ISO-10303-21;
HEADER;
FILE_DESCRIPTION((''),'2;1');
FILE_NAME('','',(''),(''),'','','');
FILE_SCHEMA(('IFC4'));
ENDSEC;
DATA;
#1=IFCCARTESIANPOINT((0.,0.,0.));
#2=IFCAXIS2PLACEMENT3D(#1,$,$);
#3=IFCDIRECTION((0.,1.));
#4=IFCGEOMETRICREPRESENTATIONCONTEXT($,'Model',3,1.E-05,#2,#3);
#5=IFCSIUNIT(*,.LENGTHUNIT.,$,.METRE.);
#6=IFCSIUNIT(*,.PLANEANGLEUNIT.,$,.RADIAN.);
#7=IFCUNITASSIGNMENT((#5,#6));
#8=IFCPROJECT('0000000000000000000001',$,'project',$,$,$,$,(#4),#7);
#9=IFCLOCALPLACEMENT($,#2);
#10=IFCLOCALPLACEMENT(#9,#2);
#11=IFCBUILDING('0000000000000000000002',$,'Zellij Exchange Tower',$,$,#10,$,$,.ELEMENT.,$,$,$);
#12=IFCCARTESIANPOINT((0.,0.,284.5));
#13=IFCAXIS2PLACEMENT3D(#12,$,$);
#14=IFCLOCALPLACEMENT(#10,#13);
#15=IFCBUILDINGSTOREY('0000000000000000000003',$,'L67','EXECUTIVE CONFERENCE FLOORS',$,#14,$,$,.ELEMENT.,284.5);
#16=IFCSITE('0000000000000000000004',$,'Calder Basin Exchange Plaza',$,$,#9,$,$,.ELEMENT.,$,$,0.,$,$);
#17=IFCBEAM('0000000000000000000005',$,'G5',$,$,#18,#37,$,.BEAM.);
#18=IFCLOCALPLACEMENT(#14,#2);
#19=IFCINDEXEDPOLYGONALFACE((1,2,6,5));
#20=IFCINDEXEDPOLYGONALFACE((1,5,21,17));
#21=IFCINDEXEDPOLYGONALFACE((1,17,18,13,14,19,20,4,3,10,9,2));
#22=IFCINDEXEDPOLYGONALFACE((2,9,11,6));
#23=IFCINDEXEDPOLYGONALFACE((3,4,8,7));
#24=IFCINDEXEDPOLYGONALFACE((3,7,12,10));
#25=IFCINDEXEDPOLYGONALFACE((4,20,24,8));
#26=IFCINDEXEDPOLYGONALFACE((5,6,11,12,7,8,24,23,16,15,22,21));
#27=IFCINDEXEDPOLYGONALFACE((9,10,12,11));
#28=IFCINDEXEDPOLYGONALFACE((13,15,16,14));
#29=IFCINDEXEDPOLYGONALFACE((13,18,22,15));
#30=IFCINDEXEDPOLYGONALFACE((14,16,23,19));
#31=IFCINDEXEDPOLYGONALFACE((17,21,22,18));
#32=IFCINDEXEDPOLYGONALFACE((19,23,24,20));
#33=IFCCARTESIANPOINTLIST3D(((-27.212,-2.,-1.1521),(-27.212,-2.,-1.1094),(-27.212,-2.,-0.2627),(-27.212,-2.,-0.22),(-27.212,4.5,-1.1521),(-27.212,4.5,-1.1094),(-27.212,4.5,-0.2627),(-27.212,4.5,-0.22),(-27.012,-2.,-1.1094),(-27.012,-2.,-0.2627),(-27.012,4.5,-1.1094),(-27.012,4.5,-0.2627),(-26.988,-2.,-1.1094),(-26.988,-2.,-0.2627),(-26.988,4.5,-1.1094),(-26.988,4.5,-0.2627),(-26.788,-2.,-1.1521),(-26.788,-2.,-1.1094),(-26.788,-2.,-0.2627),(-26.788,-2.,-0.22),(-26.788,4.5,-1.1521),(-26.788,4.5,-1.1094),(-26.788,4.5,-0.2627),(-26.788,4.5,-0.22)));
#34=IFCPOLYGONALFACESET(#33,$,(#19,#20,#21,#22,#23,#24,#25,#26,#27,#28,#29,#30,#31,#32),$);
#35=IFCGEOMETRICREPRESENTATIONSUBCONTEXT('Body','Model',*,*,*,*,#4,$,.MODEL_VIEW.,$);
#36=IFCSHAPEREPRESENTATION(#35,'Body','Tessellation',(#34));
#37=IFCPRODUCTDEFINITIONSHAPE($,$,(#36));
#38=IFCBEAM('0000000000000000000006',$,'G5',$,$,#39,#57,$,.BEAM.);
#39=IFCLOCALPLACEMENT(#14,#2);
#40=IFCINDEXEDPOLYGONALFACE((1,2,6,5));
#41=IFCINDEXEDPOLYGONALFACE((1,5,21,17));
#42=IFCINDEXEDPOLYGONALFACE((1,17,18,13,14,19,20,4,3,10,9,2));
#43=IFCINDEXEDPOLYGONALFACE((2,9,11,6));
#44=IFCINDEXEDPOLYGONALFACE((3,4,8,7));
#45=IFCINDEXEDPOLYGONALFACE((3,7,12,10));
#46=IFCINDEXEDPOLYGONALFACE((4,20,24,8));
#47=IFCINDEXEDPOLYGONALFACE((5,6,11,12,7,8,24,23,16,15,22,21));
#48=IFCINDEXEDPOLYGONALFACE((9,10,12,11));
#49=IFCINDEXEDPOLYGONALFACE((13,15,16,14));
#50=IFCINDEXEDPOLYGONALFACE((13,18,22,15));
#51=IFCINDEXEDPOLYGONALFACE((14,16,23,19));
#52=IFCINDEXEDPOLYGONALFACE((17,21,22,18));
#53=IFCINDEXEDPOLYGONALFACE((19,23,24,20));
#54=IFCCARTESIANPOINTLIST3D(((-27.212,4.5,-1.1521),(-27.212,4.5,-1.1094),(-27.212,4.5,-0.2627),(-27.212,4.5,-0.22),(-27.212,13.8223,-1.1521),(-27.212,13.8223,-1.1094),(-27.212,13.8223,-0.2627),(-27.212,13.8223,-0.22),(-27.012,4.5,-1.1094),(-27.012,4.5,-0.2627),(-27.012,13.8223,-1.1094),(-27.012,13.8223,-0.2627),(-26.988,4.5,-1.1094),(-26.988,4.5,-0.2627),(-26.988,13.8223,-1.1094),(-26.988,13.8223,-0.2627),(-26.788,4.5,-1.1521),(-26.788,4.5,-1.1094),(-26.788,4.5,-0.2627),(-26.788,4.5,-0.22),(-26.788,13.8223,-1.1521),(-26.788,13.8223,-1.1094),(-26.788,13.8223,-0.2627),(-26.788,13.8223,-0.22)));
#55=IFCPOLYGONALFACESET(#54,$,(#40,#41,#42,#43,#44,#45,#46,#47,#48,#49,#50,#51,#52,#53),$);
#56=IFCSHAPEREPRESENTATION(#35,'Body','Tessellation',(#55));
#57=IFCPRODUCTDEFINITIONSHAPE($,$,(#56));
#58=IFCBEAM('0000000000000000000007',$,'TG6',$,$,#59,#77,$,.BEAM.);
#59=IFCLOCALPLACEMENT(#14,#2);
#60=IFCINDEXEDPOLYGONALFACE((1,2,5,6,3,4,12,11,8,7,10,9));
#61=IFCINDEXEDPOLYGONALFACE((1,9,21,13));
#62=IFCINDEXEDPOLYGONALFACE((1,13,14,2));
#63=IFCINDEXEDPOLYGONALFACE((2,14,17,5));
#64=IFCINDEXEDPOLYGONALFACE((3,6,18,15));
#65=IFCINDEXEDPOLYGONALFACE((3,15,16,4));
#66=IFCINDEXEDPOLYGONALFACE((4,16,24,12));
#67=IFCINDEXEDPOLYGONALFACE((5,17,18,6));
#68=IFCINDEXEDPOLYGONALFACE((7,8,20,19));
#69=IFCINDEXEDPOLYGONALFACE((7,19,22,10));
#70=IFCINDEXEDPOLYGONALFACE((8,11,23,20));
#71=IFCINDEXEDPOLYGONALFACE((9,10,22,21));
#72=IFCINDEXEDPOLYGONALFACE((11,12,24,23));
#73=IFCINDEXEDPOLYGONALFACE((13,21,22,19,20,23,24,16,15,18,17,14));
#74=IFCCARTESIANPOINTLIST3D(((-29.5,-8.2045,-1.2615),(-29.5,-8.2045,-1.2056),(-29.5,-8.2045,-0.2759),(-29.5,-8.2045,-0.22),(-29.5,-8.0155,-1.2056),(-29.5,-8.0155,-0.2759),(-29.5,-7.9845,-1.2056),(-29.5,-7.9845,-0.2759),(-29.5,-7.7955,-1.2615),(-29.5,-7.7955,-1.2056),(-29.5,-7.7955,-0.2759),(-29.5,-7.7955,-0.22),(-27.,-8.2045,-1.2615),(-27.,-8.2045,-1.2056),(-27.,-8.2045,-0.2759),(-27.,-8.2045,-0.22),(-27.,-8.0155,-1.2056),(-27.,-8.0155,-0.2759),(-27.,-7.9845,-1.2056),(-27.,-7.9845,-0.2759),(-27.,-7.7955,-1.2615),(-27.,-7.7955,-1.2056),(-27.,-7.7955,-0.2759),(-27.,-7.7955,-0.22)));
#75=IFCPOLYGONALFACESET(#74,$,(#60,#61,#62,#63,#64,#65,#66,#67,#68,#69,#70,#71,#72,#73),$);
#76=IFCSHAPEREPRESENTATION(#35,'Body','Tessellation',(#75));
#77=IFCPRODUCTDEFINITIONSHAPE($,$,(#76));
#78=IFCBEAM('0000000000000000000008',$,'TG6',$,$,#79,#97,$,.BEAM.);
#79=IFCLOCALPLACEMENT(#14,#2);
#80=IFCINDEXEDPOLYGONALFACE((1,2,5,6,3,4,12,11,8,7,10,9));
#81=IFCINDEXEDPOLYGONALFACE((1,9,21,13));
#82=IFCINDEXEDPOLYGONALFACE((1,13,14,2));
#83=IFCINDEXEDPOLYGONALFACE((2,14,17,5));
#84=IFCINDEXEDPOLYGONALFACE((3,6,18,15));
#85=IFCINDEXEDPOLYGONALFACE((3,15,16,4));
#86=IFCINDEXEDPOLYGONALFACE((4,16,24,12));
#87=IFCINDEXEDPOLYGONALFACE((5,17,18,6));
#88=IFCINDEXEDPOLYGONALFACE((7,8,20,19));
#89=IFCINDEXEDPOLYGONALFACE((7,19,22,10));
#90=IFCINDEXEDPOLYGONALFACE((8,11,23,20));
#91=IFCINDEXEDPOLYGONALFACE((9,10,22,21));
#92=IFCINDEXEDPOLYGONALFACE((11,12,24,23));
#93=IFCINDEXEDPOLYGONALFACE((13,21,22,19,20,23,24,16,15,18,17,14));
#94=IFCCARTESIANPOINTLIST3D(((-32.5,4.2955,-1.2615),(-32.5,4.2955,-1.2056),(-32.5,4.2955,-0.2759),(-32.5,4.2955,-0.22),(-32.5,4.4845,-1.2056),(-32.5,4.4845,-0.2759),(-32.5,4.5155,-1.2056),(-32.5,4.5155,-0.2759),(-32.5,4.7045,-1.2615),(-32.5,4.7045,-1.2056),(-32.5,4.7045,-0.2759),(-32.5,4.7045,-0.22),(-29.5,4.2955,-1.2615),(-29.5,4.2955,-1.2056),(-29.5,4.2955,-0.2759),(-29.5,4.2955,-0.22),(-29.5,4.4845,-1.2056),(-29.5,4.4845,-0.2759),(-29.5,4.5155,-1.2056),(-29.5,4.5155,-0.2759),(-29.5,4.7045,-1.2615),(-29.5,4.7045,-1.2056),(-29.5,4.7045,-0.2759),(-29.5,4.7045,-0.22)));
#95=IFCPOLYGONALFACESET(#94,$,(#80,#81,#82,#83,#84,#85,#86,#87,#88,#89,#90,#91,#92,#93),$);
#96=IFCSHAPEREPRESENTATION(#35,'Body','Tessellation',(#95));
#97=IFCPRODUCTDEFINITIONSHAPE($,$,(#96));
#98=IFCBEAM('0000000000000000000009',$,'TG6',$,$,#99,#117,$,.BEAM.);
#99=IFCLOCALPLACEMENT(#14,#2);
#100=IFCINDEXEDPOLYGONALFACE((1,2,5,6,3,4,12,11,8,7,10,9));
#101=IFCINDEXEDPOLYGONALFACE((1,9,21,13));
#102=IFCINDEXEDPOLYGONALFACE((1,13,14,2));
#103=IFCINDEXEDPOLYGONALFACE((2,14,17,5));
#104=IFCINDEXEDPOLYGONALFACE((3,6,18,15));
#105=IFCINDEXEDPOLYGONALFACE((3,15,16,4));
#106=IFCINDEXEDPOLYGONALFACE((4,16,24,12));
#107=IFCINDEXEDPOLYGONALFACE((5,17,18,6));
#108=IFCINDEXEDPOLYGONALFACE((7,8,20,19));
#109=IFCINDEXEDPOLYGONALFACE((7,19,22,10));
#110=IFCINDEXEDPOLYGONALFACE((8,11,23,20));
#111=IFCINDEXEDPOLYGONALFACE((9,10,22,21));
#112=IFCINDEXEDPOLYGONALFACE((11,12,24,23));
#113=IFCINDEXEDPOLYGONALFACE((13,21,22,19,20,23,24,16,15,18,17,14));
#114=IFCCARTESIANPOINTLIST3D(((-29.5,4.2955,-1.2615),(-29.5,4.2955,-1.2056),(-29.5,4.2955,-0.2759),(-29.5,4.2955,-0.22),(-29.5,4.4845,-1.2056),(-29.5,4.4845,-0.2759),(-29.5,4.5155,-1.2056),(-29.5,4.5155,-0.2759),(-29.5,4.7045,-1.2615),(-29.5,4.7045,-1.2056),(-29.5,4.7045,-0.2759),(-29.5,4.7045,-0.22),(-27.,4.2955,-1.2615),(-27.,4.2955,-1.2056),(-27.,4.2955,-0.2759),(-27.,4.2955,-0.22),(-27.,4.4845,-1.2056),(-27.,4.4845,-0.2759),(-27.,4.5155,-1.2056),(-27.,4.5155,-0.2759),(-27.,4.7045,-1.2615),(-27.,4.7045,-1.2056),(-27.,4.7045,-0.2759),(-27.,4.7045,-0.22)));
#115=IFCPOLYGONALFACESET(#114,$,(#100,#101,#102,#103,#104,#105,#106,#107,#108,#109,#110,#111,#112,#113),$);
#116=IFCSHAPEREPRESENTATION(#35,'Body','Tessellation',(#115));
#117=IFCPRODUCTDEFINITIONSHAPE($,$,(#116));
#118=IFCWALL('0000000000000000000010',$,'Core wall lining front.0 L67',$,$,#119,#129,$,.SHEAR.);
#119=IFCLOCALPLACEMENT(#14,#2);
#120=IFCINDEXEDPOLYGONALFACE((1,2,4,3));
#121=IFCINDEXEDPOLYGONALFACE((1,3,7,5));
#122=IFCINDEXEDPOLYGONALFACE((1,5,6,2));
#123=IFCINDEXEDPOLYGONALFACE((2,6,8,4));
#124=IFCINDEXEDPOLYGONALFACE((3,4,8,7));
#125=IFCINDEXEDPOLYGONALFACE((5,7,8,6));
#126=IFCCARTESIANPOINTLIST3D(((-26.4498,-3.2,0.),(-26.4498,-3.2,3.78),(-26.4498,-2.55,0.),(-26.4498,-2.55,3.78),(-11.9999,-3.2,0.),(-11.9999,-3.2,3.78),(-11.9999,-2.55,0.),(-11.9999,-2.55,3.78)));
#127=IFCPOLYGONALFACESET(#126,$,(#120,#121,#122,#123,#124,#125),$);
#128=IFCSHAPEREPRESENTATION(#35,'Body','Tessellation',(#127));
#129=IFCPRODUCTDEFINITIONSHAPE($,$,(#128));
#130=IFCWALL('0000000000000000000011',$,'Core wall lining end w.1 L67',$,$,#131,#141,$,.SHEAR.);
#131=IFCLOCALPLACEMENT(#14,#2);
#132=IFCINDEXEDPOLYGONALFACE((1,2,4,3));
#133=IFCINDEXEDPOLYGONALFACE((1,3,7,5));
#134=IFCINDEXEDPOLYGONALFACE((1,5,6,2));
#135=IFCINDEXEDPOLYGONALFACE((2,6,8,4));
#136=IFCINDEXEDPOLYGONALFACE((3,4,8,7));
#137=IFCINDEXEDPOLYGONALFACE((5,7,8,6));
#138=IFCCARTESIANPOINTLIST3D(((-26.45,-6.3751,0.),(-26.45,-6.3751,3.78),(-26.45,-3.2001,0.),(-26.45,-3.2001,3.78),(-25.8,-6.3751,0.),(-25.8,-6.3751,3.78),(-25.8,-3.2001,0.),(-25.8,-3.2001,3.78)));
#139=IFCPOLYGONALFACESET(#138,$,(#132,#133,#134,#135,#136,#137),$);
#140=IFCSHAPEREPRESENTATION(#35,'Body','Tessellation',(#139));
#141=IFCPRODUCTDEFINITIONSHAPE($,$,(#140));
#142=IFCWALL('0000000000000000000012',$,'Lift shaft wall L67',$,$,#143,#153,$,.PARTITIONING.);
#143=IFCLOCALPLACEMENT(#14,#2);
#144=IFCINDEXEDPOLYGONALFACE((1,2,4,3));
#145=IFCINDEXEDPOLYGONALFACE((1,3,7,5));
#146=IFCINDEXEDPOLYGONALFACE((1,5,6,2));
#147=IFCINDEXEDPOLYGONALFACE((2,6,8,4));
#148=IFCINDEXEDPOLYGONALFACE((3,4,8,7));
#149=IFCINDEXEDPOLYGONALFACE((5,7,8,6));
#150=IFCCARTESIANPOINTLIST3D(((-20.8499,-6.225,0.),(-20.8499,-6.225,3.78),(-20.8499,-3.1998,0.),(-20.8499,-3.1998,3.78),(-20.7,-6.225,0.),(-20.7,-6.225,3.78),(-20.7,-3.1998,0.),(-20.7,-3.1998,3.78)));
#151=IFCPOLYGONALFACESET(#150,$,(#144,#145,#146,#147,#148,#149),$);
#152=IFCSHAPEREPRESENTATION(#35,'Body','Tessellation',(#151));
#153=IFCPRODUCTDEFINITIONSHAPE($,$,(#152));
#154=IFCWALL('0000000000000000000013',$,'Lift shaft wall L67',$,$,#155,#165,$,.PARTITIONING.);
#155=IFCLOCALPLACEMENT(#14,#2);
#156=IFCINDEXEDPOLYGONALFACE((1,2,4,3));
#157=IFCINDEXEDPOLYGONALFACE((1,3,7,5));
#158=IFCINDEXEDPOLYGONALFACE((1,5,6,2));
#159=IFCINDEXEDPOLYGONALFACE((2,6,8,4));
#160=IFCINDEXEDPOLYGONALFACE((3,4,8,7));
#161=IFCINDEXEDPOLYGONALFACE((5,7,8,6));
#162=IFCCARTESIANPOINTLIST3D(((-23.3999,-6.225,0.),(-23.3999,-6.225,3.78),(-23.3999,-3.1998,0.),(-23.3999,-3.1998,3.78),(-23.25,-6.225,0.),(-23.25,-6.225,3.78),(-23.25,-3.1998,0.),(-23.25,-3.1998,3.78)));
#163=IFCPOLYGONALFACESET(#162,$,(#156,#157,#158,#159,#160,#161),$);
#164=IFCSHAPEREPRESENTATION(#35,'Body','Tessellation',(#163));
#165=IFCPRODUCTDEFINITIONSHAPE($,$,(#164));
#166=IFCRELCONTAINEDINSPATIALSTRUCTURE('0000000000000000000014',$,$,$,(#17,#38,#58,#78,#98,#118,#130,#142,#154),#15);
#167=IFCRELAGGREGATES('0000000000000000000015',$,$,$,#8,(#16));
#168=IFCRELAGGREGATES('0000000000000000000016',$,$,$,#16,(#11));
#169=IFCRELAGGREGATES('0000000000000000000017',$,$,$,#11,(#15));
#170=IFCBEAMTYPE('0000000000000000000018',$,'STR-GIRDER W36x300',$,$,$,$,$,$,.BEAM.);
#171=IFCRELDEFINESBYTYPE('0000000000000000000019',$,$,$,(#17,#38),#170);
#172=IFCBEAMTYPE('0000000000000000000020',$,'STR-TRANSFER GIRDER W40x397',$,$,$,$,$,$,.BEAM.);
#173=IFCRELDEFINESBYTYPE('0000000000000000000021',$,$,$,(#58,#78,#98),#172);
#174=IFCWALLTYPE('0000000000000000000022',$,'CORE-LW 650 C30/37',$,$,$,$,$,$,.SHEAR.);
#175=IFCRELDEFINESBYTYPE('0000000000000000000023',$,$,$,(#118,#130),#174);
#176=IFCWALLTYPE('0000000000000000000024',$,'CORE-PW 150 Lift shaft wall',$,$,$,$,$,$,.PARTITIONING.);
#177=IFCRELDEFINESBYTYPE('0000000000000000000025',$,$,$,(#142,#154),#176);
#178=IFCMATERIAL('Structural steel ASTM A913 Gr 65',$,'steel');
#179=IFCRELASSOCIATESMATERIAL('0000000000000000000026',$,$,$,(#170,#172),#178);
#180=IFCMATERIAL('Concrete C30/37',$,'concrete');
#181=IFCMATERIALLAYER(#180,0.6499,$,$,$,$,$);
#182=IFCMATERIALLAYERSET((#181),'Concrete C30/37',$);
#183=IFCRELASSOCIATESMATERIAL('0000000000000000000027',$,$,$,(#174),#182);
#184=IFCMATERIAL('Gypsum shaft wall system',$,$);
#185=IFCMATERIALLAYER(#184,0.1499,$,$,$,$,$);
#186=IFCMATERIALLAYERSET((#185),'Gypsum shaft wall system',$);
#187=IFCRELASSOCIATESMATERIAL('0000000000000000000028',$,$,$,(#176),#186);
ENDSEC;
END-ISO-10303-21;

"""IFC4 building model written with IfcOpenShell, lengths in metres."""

from ifc_helpers import new_model, si_unit, direction, frame, frame_2d, origin, origin_2d, place, context, subcontext, project, spatial, rectangle, i_section, extrude, material, layer, layer_set, material_profile, profile_set, type_object, element, save


model = new_model("IFC4")

# Units and contexts
model_context = context("Model", 3, precision=1e-05, world=origin(), true_north=direction((0.0, 1.0)))
body_context = subcontext(model_context, "Body", "Model", "MODEL_VIEW")
ifc_project = project(units=[si_unit("LENGTHUNIT", "METRE"), si_unit("PLANEANGLEUNIT", "RADIAN")], contexts=[model_context])

# Site, building, storey
site_placement = place(None, origin())
site = spatial("IfcSite", under=ifc_project, at=site_placement, Name="Calder Basin Exchange Plaza", CompositionType="ELEMENT", RefElevation=0.0)
building_placement = place(site_placement, origin())
building = spatial("IfcBuilding", under=site, at=building_placement, Name="Zellij Exchange Tower", CompositionType="ELEMENT")
storey_placement = place(building_placement, frame((0.0, 0.0, 284.5)))
storey = spatial("IfcBuildingStorey", under=building, at=storey_placement, Name="L67", Description="EXECUTIVE CONFERENCE FLOORS", CompositionType="ELEMENT", Elevation=284.5)

# Beams
ifc_material_1 = material(Name="Structural steel ASTM A913 Gr 65", Category="steel")
ifc_material_profile_1 = material_profile(ifc_material_1, i_section(OverallWidth=0.4241, OverallDepth=0.9321, WebThickness=0.0239, FlangeThickness=0.0427, at=origin_2d()), Name="W36x300")
ifc_profile_set_1 = profile_set([ifc_material_profile_1], Name="Structural steel ASTM A913 Gr 65")
beam_type_1 = type_object("IfcBeamType", Name="STR-GIRDER W36x300", PredefinedType="BEAM", material=ifc_profile_set_1)
beam_1_placement = place(storey_placement, frame((-27.0, -2.0, -0.686), z_axis=(0.0, 1.0, 0.0), x_axis=(-1.0, 0.0, 0.0)))
element("IfcBeam", 1, at=beam_1_placement, inside=storey, type_object=beam_type_1, Name="G5", PredefinedType="BEAM", context=body_context, shape_type="SweptSolid", body=[
    extrude(i_section(OverallWidth=0.4241, OverallDepth=0.9321, WebThickness=0.0239, FlangeThickness=0.0427, at=origin_2d()), origin(), (0.0, 0.0, 1.0), 6.5),
])
beam_2_placement = place(storey_placement, frame((-27.0, 4.5, -0.686), z_axis=(0.0, 1.0, 0.0), x_axis=(-1.0, 0.0, 0.0)))
element("IfcBeam", 2, at=beam_2_placement, inside=storey, type_object=beam_type_1, Name="G5", PredefinedType="BEAM", context=body_context, shape_type="SweptSolid", body=[
    extrude(i_section(OverallWidth=0.4241, OverallDepth=0.9321, WebThickness=0.0239, FlangeThickness=0.0427, at=origin_2d()), origin(), (0.0, 0.0, 1.0), 9.3223),
])
ifc_material_profile_2 = material_profile(ifc_material_1, i_section(OverallWidth=0.4089, OverallDepth=1.0415, WebThickness=0.031, FlangeThickness=0.0559, at=origin_2d()), Name="W40x397")
ifc_profile_set_2 = profile_set([ifc_material_profile_2], Name="Structural steel ASTM A913 Gr 65")
beam_type_2 = type_object("IfcBeamType", Name="STR-TRANSFER GIRDER W40x397", PredefinedType="BEAM", material=ifc_profile_set_2)
beam_3_placement = place(storey_placement, frame((-29.5, -8.0, -0.7407), z_axis=(1.0, 0.0, 0.0), x_axis=(0.0, 1.0, 0.0)))
element("IfcBeam", 3, at=beam_3_placement, inside=storey, type_object=beam_type_2, Name="TG6", PredefinedType="BEAM", context=body_context, shape_type="SweptSolid", body=[
    extrude(i_section(OverallWidth=0.4089, OverallDepth=1.0415, WebThickness=0.031, FlangeThickness=0.0559, at=origin_2d()), origin(), (0.0, 0.0, 1.0), 2.5),
])
beam_4_placement = place(storey_placement, frame((-32.5, 4.5, -0.7407), z_axis=(1.0, 0.0, 0.0), x_axis=(0.0, 1.0, 0.0)))
element("IfcBeam", 4, at=beam_4_placement, inside=storey, type_object=beam_type_2, Name="TG6", PredefinedType="BEAM", context=body_context, shape_type="SweptSolid", body=[
    extrude(i_section(OverallWidth=0.4089, OverallDepth=1.0415, WebThickness=0.031, FlangeThickness=0.0559, at=origin_2d()), origin(), (0.0, 0.0, 1.0), 3.0),
])
beam_5_placement = place(storey_placement, frame((-29.5, 4.5, -0.7407), z_axis=(1.0, 0.0, 0.0), x_axis=(0.0, 1.0, 0.0)))
element("IfcBeam", 5, at=beam_5_placement, inside=storey, type_object=beam_type_2, Name="TG6", PredefinedType="BEAM", context=body_context, shape_type="SweptSolid", body=[
    extrude(i_section(OverallWidth=0.4089, OverallDepth=1.0415, WebThickness=0.031, FlangeThickness=0.0559, at=origin_2d()), origin(), (0.0, 0.0, 1.0), 2.5),
])

# Walls
ifc_material_2 = material(Name="Concrete C30/37", Category="concrete")
ifc_layer_1 = layer(ifc_material_2, 0.6499)
ifc_layer_set_1 = layer_set([ifc_layer_1], Name="Concrete C30/37")
wall_type_1 = type_object("IfcWallType", Name="CORE-LW 650 C30/37", PredefinedType="SHEAR", material=ifc_layer_set_1)
wall_1_placement = place(storey_placement, frame((-26.45, -2.875, 0.0), z_axis=(0.0, 0.0, 1.0), x_axis=(1.0, 0.0, 0.0)))
element("IfcWall", 6, at=wall_1_placement, inside=storey, type_object=wall_type_1, Name="Core wall lining front.0 L67", PredefinedType="SHEAR", context=body_context, shape_type="SweptSolid", body=[
    extrude(rectangle(XDim=14.45, YDim=0.6499, at=frame_2d((7.2251, 0.0))), origin(), (0.0, 0.0, 1.0), 3.78),
])
wall_2_placement = place(storey_placement, frame((-26.125, -6.375, 0.0), z_axis=(0.0, 0.0, 1.0), x_axis=(0.0, 1.0, 0.0)))
element("IfcWall", 7, at=wall_2_placement, inside=storey, type_object=wall_type_1, Name="Core wall lining end w.1 L67", PredefinedType="SHEAR", context=body_context, shape_type="SweptSolid", body=[
    extrude(rectangle(XDim=3.175, YDim=0.6499, at=frame_2d((1.5874, 0.0))), origin(), (0.0, 0.0, 1.0), 3.78),
])
ifc_material_3 = material(Name="Gypsum shaft wall system")
ifc_layer_2 = layer(ifc_material_3, 0.1499)
ifc_layer_set_2 = layer_set([ifc_layer_2], Name="Gypsum shaft wall system")
wall_type_2 = type_object("IfcWallType", Name="CORE-PW 150 Lift shaft wall", PredefinedType="PARTITIONING", material=ifc_layer_set_2)
for number, where, z_axis, x_axis, name in (
    (8, (-20.7749, -6.2251, 0.0), (0.0, 0.0, 1.0), (0.0, 1.0, 0.0), "Lift shaft wall L67"),
    (9, (-23.325, -6.2251, 0.0), (0.0, 0.0, 1.0), (0.0, 1.0, 0.0), "Lift shaft wall L67"),
):
    element("IfcWall", number, at=place(storey_placement, frame(where, z_axis=z_axis, x_axis=x_axis)), inside=storey, type_object=wall_type_2, Name=name, PredefinedType="PARTITIONING", context=body_context, shape_type="SweptSolid", body=[
        extrude(rectangle(XDim=3.0251, YDim=0.1499, at=frame_2d((1.5127, 0.0))), origin(), (0.0, 0.0, 1.0), 3.78),
    ])

save(model, "model.ifc")
